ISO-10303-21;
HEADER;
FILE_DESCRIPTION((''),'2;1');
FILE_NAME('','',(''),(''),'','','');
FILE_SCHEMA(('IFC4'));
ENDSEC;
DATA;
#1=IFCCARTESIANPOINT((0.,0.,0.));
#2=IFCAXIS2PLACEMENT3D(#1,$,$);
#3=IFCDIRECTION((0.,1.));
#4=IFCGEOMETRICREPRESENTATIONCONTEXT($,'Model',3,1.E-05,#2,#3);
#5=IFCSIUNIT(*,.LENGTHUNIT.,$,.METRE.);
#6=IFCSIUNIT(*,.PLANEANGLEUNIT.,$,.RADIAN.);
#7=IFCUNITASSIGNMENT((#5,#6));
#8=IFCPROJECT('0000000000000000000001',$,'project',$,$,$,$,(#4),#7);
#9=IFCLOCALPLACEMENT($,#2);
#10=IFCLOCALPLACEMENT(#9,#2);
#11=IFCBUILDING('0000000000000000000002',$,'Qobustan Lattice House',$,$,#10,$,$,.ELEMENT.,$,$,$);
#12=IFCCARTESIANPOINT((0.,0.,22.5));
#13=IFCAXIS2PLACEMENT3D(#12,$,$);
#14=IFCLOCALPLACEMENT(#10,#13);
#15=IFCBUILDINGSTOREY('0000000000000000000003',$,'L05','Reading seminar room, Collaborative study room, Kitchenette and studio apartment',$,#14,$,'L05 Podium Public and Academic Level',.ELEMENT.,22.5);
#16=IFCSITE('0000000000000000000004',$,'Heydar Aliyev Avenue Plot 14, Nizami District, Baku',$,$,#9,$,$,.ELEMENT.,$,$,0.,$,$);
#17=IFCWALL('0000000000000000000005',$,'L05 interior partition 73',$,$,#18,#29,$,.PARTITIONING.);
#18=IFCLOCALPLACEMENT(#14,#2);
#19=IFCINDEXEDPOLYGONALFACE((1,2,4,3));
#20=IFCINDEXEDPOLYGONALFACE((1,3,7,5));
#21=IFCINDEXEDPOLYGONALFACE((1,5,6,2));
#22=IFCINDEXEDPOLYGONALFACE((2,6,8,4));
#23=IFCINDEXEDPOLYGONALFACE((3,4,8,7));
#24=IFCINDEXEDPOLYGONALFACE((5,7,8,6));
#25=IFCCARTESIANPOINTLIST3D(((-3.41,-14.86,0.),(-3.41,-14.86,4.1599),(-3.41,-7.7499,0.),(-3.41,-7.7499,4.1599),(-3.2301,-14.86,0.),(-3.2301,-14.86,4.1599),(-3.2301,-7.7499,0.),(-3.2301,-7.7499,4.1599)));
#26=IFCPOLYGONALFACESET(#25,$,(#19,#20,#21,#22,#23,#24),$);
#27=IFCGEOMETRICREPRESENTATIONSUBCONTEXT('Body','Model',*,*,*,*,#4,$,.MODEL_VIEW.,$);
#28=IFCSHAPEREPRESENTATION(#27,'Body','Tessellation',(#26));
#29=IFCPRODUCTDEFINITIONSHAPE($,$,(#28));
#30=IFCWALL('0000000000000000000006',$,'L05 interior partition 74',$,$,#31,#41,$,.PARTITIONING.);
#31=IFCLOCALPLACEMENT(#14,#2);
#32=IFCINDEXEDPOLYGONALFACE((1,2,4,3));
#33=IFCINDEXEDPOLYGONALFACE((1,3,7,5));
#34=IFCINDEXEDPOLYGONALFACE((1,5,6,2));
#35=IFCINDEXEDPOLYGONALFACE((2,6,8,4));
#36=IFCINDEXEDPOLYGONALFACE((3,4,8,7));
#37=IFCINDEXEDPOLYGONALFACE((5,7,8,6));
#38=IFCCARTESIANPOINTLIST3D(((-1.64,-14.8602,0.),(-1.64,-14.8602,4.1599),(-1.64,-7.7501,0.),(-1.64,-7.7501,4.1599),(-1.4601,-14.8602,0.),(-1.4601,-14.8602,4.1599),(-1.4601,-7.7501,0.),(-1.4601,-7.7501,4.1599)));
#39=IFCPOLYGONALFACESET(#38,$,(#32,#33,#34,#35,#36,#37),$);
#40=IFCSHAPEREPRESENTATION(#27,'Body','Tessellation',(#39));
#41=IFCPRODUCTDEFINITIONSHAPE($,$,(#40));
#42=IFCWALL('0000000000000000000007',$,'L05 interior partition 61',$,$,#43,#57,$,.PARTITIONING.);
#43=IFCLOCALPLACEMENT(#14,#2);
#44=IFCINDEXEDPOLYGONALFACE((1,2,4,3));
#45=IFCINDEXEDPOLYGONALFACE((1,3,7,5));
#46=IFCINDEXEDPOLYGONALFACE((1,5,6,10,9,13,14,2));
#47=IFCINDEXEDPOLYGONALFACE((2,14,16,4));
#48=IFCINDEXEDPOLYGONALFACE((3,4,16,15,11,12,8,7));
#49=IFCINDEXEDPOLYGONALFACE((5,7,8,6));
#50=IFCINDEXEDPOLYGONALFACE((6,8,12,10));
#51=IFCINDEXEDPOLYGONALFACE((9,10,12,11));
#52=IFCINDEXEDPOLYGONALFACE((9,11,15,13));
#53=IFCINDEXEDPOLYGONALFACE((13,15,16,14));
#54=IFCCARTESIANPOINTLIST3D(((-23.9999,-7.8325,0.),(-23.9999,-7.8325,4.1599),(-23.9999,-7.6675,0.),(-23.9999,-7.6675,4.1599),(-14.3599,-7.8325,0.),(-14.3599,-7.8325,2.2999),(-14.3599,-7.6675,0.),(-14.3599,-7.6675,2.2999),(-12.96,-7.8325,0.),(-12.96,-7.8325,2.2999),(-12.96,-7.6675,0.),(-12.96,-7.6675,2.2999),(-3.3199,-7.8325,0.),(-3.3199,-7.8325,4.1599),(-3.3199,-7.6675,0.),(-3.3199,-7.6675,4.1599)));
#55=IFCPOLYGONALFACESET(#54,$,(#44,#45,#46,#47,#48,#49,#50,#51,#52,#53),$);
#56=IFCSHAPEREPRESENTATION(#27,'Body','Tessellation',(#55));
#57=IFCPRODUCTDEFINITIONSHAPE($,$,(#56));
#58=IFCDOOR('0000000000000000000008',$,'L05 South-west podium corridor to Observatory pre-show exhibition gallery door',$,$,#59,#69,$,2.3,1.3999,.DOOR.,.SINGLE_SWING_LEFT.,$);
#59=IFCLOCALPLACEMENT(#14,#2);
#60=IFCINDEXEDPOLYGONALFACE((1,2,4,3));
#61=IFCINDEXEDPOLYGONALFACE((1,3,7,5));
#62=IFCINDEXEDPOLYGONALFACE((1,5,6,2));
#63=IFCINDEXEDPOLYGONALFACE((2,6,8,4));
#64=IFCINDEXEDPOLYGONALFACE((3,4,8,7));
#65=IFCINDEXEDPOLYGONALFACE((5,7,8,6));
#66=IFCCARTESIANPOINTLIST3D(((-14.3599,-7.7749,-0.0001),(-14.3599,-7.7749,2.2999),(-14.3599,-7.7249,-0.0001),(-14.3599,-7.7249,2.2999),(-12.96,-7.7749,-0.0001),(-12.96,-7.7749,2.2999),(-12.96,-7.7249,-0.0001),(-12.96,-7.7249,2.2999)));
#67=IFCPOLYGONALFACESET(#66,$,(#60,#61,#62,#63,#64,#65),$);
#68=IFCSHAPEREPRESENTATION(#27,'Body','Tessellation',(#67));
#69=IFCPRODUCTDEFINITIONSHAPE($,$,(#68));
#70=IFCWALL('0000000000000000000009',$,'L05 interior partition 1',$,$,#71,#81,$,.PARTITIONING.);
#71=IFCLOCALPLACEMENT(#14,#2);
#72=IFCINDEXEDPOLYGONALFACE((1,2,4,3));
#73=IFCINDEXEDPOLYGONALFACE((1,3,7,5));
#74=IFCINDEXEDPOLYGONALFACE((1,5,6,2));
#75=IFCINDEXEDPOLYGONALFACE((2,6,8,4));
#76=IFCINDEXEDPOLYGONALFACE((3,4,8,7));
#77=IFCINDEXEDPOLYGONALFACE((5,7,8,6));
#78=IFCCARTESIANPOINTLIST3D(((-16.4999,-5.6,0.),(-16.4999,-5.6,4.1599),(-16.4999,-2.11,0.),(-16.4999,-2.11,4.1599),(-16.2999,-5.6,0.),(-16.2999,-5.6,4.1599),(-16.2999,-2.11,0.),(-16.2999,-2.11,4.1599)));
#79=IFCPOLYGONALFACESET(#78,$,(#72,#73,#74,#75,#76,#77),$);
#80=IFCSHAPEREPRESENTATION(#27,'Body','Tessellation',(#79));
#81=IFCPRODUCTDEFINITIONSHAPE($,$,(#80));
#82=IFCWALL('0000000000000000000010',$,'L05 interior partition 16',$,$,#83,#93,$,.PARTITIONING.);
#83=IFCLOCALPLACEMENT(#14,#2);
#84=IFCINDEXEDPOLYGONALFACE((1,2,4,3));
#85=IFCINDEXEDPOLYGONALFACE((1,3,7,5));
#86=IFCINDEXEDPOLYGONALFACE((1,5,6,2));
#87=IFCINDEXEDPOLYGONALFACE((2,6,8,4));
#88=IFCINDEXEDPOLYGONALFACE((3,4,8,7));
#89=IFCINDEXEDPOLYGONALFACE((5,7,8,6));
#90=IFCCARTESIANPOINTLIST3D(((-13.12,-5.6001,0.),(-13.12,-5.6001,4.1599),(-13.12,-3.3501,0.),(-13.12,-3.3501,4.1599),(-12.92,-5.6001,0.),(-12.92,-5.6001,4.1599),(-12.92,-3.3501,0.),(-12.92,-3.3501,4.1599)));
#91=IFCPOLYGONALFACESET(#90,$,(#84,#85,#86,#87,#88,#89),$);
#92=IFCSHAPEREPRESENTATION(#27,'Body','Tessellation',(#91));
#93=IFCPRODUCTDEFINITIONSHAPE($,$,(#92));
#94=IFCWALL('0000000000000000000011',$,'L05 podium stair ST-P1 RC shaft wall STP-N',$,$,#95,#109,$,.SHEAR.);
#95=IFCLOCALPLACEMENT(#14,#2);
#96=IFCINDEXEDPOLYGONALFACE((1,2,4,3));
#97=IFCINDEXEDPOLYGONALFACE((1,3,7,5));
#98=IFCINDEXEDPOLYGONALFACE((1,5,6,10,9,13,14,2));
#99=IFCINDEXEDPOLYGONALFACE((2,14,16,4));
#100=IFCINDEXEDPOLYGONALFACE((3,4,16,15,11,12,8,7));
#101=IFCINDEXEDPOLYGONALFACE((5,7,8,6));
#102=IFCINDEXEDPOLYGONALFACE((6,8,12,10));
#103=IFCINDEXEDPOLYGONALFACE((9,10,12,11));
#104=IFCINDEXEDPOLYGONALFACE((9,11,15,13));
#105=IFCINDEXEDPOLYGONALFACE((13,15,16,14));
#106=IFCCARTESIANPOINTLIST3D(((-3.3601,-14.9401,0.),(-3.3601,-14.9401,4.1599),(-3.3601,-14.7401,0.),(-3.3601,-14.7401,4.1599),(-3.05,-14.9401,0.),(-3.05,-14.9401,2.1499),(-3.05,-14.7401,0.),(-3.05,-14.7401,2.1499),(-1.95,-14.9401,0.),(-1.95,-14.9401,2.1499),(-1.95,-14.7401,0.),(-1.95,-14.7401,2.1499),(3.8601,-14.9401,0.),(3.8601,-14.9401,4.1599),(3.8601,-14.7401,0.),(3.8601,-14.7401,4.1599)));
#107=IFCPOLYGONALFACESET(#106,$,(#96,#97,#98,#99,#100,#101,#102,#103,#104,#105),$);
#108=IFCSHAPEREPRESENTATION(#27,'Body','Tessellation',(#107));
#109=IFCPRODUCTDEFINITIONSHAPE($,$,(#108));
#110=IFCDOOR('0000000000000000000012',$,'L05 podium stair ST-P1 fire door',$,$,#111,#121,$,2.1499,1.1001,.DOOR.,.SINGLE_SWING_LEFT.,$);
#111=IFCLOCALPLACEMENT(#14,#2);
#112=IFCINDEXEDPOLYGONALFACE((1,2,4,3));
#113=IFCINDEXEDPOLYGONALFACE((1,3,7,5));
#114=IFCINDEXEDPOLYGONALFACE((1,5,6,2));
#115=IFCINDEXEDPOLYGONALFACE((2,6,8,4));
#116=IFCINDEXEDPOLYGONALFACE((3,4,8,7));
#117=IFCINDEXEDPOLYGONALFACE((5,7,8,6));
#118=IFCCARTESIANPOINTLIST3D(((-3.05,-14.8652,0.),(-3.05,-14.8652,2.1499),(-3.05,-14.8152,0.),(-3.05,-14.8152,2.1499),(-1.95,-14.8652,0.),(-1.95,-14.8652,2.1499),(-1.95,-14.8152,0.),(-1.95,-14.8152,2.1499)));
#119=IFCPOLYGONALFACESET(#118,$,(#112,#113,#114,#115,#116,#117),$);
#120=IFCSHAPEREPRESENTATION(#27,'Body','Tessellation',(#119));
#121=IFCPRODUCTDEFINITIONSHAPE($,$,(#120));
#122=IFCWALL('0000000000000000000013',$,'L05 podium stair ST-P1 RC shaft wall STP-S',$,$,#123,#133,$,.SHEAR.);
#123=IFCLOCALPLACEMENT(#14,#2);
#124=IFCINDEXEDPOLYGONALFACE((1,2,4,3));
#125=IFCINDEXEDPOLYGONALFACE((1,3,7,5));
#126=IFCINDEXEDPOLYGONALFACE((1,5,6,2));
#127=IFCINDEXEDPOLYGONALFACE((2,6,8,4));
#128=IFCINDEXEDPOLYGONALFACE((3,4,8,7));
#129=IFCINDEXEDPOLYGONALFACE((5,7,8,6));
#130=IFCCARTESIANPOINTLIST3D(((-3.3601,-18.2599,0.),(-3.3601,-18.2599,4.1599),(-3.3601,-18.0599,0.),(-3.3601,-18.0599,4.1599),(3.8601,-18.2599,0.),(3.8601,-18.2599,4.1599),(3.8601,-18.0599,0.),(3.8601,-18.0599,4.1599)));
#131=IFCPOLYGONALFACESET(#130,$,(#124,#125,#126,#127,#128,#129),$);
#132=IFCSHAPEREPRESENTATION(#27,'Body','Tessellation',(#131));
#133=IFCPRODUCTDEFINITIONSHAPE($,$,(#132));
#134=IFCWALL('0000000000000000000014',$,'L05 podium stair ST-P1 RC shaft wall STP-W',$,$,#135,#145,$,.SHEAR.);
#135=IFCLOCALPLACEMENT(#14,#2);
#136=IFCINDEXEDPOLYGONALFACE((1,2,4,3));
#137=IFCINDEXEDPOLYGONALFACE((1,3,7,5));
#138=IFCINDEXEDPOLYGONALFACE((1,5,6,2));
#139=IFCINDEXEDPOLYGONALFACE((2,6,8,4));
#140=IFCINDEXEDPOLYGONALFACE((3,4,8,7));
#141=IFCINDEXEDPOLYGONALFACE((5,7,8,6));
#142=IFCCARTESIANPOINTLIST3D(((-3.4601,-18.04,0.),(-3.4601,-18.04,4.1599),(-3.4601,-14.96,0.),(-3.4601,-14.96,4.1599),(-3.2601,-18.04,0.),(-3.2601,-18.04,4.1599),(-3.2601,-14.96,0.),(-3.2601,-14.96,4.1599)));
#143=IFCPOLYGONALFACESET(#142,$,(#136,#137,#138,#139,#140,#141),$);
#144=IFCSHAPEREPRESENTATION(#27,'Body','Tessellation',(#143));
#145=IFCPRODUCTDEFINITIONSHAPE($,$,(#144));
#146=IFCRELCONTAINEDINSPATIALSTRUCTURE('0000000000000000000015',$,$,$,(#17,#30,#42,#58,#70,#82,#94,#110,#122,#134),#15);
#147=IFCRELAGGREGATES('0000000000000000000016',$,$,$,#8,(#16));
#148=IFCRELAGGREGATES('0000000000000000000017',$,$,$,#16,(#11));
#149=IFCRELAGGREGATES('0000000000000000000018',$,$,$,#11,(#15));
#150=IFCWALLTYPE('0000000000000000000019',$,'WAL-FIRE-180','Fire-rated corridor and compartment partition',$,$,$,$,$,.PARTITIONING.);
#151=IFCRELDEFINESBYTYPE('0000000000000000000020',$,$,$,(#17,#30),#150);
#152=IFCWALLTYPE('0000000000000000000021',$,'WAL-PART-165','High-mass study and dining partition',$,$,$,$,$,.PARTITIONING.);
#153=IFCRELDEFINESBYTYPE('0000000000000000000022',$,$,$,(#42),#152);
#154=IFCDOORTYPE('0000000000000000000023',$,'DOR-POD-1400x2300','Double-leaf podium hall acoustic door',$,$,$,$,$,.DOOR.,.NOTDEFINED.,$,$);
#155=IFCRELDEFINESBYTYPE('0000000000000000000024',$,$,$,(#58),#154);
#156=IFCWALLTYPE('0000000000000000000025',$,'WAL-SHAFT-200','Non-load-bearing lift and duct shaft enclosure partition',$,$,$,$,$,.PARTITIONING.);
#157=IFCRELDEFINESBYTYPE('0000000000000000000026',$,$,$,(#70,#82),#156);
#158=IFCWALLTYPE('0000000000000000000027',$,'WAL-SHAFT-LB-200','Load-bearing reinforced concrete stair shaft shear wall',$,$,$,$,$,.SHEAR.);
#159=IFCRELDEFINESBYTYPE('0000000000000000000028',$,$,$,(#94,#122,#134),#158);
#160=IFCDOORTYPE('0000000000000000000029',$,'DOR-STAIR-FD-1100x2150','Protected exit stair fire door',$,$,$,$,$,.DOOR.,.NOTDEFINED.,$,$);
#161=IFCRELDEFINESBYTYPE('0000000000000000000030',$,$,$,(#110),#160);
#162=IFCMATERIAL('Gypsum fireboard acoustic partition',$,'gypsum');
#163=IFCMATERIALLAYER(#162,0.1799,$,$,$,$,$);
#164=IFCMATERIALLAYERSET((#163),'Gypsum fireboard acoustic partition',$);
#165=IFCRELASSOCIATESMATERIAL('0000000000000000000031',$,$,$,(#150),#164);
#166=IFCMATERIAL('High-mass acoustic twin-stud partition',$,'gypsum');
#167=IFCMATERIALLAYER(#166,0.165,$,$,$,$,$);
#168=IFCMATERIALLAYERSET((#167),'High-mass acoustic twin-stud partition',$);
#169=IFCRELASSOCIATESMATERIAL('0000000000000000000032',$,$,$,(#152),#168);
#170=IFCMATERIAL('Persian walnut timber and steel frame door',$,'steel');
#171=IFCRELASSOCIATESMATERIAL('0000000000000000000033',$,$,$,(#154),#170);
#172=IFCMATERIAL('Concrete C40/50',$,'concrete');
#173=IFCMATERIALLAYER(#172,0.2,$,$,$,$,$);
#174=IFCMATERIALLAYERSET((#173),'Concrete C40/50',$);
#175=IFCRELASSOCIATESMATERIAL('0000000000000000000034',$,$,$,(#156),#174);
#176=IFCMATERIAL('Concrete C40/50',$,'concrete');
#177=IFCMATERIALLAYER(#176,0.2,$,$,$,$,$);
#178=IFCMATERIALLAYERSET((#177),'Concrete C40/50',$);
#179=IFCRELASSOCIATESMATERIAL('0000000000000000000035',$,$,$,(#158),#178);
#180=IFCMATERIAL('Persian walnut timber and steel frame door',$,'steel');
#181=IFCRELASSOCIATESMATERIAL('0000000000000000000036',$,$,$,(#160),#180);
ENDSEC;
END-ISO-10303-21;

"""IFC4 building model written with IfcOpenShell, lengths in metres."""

from ifc_helpers import new_model, si_unit, direction, frame, frame_2d, origin, place, context, subcontext, project, spatial, rectangle, extrude, material, layer, layer_set, type_object, element, fill, save


model = new_model("IFC4")

# Units and contexts
model_context = context("Model", 3, precision=1e-05, world=origin(), true_north=direction((0.0, 1.0)))
body_context = subcontext(model_context, "Body", "Model", "MODEL_VIEW")
ifc_project = project(units=[si_unit("LENGTHUNIT", "METRE"), si_unit("PLANEANGLEUNIT", "RADIAN")], contexts=[model_context])

# Site, building, storey
site_placement = place(None, origin())
site = spatial("IfcSite", under=ifc_project, at=site_placement, Name="Heydar Aliyev Avenue Plot 14, Nizami District, Baku", CompositionType="ELEMENT", RefElevation=0.0)
building_placement = place(site_placement, origin())
building = spatial("IfcBuilding", under=site, at=building_placement, Name="Qobustan Lattice House", CompositionType="ELEMENT")
storey_placement = place(building_placement, frame((0.0, 0.0, 22.5)))
storey = spatial("IfcBuildingStorey", under=building, at=storey_placement, Name="L05", Description="Reading seminar room, Collaborative study room, Kitchenette and studio apartment", LongName="L05 Podium Public and Academic Level", CompositionType="ELEMENT", Elevation=22.5)

# Walls
ifc_material_1 = material(Name="Gypsum fireboard acoustic partition", Category="gypsum")
ifc_layer_1 = layer(ifc_material_1, 0.1799)
ifc_layer_set_1 = layer_set([ifc_layer_1], Name="Gypsum fireboard acoustic partition")
wall_type_1 = type_object("IfcWallType", Name="WAL-FIRE-180", Description="Fire-rated corridor and compartment partition", PredefinedType="PARTITIONING", material=ifc_layer_set_1)
for number, where, z_axis, x_axis, name in (
    (1, (-3.3201, -14.8601, 0.0), (0.0, 0.0, 1.0), (0.0, 1.0, 0.0), "L05 interior partition 73"),
    (2, (-1.55, -7.75, 0.0), (0.0, 0.0, 1.0), (0.0, -1.0, 0.0), "L05 interior partition 74"),
):
    element("IfcWall", number, at=place(storey_placement, frame(where, z_axis=z_axis, x_axis=x_axis)), inside=storey, type_object=wall_type_1, Name=name, PredefinedType="PARTITIONING", context=body_context, shape_type="SweptSolid", body=[
        extrude(rectangle(XDim=7.1101, YDim=0.1799, at=frame_2d((3.5552, 0.0))), origin(), (0.0, 0.0, 1.0), 4.1599),
    ])

# Wall, opening, door
ifc_material_2 = material(Name="High-mass acoustic twin-stud partition", Category="gypsum")
ifc_layer_2 = layer(ifc_material_2, 0.165)
ifc_layer_set_2 = layer_set([ifc_layer_2], Name="High-mass acoustic twin-stud partition")
wall_type_2 = type_object("IfcWallType", Name="WAL-PART-165", Description="High-mass study and dining partition", PredefinedType="PARTITIONING", material=ifc_layer_set_2)
wall_1_placement = place(storey_placement, frame((-3.3201, -7.75, 0.0), z_axis=(0.0, 0.0, 1.0), x_axis=(-1.0, 0.0, 0.0)))
wall_1 = element("IfcWall", 3, at=wall_1_placement, inside=storey, type_object=wall_type_2, Name="L05 interior partition 61", PredefinedType="PARTITIONING", context=body_context, shape_type="SweptSolid", body=[
    extrude(rectangle(XDim=20.6799, YDim=0.165, at=frame_2d((10.3398, 0.0))), origin(), (0.0, 0.0, 1.0), 4.1599),
])
opening_1_placement = place(wall_1_placement, frame((9.6399, 0.0, 0.0)))
opening_1 = element("IfcOpeningElement", 4, at=opening_1_placement, cuts=wall_1, PredefinedType="OPENING", context=body_context, shape_type="SweptSolid", body=[
    extrude(rectangle(XDim=1.3999, YDim=2.3, at=frame_2d((0.7, 1.1499))), frame((0.0, 0.0925, 0.0), z_axis=(0.0, -1.0, 0.0), x_axis=(1.0, 0.0, 0.0)), (0.0, 0.0, 1.0), 0.1851),
])
ifc_material_3 = material(Name="Persian walnut timber and steel frame door", Category="steel")
door_type_1 = type_object("IfcDoorType", Name="DOR-POD-1400x2300", Description="Double-leaf podium hall acoustic door", OperationType="NOTDEFINED", PredefinedType="DOOR", material=ifc_material_3)
door_1_placement = place(opening_1_placement, origin())
door_1 = element("IfcDoor", 5, at=door_1_placement, inside=storey, type_object=door_type_1, Name="L05 South-west podium corridor to Observatory pre-show exhibition gallery door", OperationType="SINGLE_SWING_LEFT", OverallHeight=2.3, OverallWidth=1.3999, PredefinedType="DOOR", context=body_context, shape_type="SweptSolid", body=[
    extrude(rectangle(XDim=1.3999, YDim=2.3, at=frame_2d((0.7, 1.1499))), frame((0.0, 0.0249, 0.0), z_axis=(0.0, -1.0, 0.0), x_axis=(1.0, 0.0, 0.0)), (0.0, 0.0, 1.0), 0.05),
])
fill(opening_1, door_1)

# Walls
ifc_material_4 = material(Name="Concrete C40/50", Category="concrete")
ifc_layer_3 = layer(ifc_material_4, 0.2)
ifc_layer_set_3 = layer_set([ifc_layer_3], Name="Concrete C40/50")
wall_type_3 = type_object("IfcWallType", Name="WAL-SHAFT-200", Description="Non-load-bearing lift and duct shaft enclosure partition", PredefinedType="PARTITIONING", material=ifc_layer_set_3)
wall_2_placement = place(storey_placement, frame((-16.3999, -5.6001, 0.0), z_axis=(0.0, 0.0, 1.0), x_axis=(0.0, 1.0, 0.0)))
element("IfcWall", 6, at=wall_2_placement, inside=storey, type_object=wall_type_3, Name="L05 interior partition 1", PredefinedType="PARTITIONING", context=body_context, shape_type="SweptSolid", body=[
    extrude(rectangle(XDim=3.49, YDim=0.2, at=frame_2d((1.7451, 0.0))), origin(), (0.0, 0.0, 1.0), 4.1599),
])
wall_3_placement = place(storey_placement, frame((-13.02, -5.6001, 0.0), z_axis=(0.0, 0.0, 1.0), x_axis=(0.0, 1.0, 0.0)))
element("IfcWall", 7, at=wall_3_placement, inside=storey, type_object=wall_type_3, Name="L05 interior partition 16", PredefinedType="PARTITIONING", context=body_context, shape_type="SweptSolid", body=[
    extrude(rectangle(XDim=2.25, YDim=0.2, at=frame_2d((1.125, 0.0))), origin(), (0.0, 0.0, 1.0), 4.1599),
])

# Wall, opening, door
ifc_material_5 = material(Name="Concrete C40/50", Category="concrete")
ifc_layer_4 = layer(ifc_material_5, 0.2)
ifc_layer_set_4 = layer_set([ifc_layer_4], Name="Concrete C40/50")
wall_type_4 = type_object("IfcWallType", Name="WAL-SHAFT-LB-200", Description="Load-bearing reinforced concrete stair shaft shear wall", PredefinedType="SHEAR", material=ifc_layer_set_4)
wall_4_placement = place(storey_placement, frame((-3.3601, -14.8401, 0.0), z_axis=(0.0, 0.0, 1.0), x_axis=(1.0, 0.0, 0.0)))
wall_4 = element("IfcWall", 8, at=wall_4_placement, inside=storey, type_object=wall_type_4, Name="L05 podium stair ST-P1 RC shaft wall STP-N", PredefinedType="SHEAR", context=body_context, shape_type="SweptSolid", body=[
    extrude(rectangle(XDim=7.2202, YDim=0.2, at=frame_2d((3.6101, 0.0))), origin(), (0.0, 0.0, 1.0), 4.1599),
])
opening_2_placement = place(wall_4_placement, frame((0.3101, 0.0, 0.0)))
opening_2 = element("IfcOpeningElement", 9, at=opening_2_placement, cuts=wall_4, PredefinedType="OPENING", context=body_context, shape_type="SweptSolid", body=[
    extrude(rectangle(XDim=1.1001, YDim=2.1499, at=frame_2d((0.55, 1.075))), frame((0.0, 0.1099, 0.0), z_axis=(0.0, -1.0, 0.0), x_axis=(1.0, 0.0, 0.0)), (0.0, 0.0, 1.0), 0.22),
])
ifc_material_6 = material(Name="Persian walnut timber and steel frame door", Category="steel")
door_type_2 = type_object("IfcDoorType", Name="DOR-STAIR-FD-1100x2150", Description="Protected exit stair fire door", OperationType="NOTDEFINED", PredefinedType="DOOR", material=ifc_material_6)
door_2_placement = place(opening_2_placement, origin())
door_2 = element("IfcDoor", 10, at=door_2_placement, inside=storey, type_object=door_type_2, Name="L05 podium stair ST-P1 fire door", OperationType="SINGLE_SWING_LEFT", OverallHeight=2.1499, OverallWidth=1.1001, PredefinedType="DOOR", context=body_context, shape_type="SweptSolid", body=[
    extrude(rectangle(XDim=1.1001, YDim=2.1499, at=frame_2d((0.55, 1.075))), frame((0.0, 0.0249, 0.0), z_axis=(0.0, -1.0, 0.0), x_axis=(1.0, 0.0, 0.0)), (0.0, 0.0, 1.0), 0.05),
])
fill(opening_2, door_2)

# Walls
wall_5_placement = place(storey_placement, frame((-3.3601, -18.1599, 0.0), z_axis=(0.0, 0.0, 1.0), x_axis=(1.0, 0.0, 0.0)))
element("IfcWall", 11, at=wall_5_placement, inside=storey, type_object=wall_type_4, Name="L05 podium stair ST-P1 RC shaft wall STP-S", PredefinedType="SHEAR", context=body_context, shape_type="SweptSolid", body=[
    extrude(rectangle(XDim=7.2202, YDim=0.2, at=frame_2d((3.6101, 0.0))), origin(), (0.0, 0.0, 1.0), 4.1599),
])
wall_6_placement = place(storey_placement, frame((-3.3601, -18.04, 0.0), z_axis=(0.0, 0.0, 1.0), x_axis=(0.0, 1.0, 0.0)))
element("IfcWall", 12, at=wall_6_placement, inside=storey, type_object=wall_type_4, Name="L05 podium stair ST-P1 RC shaft wall STP-W", PredefinedType="SHEAR", context=body_context, shape_type="SweptSolid", body=[
    extrude(rectangle(XDim=3.0801, YDim=0.2, at=frame_2d((1.54, 0.0))), origin(), (0.0, 0.0, 1.0), 4.1599),
])

save(model, "model.ifc")
